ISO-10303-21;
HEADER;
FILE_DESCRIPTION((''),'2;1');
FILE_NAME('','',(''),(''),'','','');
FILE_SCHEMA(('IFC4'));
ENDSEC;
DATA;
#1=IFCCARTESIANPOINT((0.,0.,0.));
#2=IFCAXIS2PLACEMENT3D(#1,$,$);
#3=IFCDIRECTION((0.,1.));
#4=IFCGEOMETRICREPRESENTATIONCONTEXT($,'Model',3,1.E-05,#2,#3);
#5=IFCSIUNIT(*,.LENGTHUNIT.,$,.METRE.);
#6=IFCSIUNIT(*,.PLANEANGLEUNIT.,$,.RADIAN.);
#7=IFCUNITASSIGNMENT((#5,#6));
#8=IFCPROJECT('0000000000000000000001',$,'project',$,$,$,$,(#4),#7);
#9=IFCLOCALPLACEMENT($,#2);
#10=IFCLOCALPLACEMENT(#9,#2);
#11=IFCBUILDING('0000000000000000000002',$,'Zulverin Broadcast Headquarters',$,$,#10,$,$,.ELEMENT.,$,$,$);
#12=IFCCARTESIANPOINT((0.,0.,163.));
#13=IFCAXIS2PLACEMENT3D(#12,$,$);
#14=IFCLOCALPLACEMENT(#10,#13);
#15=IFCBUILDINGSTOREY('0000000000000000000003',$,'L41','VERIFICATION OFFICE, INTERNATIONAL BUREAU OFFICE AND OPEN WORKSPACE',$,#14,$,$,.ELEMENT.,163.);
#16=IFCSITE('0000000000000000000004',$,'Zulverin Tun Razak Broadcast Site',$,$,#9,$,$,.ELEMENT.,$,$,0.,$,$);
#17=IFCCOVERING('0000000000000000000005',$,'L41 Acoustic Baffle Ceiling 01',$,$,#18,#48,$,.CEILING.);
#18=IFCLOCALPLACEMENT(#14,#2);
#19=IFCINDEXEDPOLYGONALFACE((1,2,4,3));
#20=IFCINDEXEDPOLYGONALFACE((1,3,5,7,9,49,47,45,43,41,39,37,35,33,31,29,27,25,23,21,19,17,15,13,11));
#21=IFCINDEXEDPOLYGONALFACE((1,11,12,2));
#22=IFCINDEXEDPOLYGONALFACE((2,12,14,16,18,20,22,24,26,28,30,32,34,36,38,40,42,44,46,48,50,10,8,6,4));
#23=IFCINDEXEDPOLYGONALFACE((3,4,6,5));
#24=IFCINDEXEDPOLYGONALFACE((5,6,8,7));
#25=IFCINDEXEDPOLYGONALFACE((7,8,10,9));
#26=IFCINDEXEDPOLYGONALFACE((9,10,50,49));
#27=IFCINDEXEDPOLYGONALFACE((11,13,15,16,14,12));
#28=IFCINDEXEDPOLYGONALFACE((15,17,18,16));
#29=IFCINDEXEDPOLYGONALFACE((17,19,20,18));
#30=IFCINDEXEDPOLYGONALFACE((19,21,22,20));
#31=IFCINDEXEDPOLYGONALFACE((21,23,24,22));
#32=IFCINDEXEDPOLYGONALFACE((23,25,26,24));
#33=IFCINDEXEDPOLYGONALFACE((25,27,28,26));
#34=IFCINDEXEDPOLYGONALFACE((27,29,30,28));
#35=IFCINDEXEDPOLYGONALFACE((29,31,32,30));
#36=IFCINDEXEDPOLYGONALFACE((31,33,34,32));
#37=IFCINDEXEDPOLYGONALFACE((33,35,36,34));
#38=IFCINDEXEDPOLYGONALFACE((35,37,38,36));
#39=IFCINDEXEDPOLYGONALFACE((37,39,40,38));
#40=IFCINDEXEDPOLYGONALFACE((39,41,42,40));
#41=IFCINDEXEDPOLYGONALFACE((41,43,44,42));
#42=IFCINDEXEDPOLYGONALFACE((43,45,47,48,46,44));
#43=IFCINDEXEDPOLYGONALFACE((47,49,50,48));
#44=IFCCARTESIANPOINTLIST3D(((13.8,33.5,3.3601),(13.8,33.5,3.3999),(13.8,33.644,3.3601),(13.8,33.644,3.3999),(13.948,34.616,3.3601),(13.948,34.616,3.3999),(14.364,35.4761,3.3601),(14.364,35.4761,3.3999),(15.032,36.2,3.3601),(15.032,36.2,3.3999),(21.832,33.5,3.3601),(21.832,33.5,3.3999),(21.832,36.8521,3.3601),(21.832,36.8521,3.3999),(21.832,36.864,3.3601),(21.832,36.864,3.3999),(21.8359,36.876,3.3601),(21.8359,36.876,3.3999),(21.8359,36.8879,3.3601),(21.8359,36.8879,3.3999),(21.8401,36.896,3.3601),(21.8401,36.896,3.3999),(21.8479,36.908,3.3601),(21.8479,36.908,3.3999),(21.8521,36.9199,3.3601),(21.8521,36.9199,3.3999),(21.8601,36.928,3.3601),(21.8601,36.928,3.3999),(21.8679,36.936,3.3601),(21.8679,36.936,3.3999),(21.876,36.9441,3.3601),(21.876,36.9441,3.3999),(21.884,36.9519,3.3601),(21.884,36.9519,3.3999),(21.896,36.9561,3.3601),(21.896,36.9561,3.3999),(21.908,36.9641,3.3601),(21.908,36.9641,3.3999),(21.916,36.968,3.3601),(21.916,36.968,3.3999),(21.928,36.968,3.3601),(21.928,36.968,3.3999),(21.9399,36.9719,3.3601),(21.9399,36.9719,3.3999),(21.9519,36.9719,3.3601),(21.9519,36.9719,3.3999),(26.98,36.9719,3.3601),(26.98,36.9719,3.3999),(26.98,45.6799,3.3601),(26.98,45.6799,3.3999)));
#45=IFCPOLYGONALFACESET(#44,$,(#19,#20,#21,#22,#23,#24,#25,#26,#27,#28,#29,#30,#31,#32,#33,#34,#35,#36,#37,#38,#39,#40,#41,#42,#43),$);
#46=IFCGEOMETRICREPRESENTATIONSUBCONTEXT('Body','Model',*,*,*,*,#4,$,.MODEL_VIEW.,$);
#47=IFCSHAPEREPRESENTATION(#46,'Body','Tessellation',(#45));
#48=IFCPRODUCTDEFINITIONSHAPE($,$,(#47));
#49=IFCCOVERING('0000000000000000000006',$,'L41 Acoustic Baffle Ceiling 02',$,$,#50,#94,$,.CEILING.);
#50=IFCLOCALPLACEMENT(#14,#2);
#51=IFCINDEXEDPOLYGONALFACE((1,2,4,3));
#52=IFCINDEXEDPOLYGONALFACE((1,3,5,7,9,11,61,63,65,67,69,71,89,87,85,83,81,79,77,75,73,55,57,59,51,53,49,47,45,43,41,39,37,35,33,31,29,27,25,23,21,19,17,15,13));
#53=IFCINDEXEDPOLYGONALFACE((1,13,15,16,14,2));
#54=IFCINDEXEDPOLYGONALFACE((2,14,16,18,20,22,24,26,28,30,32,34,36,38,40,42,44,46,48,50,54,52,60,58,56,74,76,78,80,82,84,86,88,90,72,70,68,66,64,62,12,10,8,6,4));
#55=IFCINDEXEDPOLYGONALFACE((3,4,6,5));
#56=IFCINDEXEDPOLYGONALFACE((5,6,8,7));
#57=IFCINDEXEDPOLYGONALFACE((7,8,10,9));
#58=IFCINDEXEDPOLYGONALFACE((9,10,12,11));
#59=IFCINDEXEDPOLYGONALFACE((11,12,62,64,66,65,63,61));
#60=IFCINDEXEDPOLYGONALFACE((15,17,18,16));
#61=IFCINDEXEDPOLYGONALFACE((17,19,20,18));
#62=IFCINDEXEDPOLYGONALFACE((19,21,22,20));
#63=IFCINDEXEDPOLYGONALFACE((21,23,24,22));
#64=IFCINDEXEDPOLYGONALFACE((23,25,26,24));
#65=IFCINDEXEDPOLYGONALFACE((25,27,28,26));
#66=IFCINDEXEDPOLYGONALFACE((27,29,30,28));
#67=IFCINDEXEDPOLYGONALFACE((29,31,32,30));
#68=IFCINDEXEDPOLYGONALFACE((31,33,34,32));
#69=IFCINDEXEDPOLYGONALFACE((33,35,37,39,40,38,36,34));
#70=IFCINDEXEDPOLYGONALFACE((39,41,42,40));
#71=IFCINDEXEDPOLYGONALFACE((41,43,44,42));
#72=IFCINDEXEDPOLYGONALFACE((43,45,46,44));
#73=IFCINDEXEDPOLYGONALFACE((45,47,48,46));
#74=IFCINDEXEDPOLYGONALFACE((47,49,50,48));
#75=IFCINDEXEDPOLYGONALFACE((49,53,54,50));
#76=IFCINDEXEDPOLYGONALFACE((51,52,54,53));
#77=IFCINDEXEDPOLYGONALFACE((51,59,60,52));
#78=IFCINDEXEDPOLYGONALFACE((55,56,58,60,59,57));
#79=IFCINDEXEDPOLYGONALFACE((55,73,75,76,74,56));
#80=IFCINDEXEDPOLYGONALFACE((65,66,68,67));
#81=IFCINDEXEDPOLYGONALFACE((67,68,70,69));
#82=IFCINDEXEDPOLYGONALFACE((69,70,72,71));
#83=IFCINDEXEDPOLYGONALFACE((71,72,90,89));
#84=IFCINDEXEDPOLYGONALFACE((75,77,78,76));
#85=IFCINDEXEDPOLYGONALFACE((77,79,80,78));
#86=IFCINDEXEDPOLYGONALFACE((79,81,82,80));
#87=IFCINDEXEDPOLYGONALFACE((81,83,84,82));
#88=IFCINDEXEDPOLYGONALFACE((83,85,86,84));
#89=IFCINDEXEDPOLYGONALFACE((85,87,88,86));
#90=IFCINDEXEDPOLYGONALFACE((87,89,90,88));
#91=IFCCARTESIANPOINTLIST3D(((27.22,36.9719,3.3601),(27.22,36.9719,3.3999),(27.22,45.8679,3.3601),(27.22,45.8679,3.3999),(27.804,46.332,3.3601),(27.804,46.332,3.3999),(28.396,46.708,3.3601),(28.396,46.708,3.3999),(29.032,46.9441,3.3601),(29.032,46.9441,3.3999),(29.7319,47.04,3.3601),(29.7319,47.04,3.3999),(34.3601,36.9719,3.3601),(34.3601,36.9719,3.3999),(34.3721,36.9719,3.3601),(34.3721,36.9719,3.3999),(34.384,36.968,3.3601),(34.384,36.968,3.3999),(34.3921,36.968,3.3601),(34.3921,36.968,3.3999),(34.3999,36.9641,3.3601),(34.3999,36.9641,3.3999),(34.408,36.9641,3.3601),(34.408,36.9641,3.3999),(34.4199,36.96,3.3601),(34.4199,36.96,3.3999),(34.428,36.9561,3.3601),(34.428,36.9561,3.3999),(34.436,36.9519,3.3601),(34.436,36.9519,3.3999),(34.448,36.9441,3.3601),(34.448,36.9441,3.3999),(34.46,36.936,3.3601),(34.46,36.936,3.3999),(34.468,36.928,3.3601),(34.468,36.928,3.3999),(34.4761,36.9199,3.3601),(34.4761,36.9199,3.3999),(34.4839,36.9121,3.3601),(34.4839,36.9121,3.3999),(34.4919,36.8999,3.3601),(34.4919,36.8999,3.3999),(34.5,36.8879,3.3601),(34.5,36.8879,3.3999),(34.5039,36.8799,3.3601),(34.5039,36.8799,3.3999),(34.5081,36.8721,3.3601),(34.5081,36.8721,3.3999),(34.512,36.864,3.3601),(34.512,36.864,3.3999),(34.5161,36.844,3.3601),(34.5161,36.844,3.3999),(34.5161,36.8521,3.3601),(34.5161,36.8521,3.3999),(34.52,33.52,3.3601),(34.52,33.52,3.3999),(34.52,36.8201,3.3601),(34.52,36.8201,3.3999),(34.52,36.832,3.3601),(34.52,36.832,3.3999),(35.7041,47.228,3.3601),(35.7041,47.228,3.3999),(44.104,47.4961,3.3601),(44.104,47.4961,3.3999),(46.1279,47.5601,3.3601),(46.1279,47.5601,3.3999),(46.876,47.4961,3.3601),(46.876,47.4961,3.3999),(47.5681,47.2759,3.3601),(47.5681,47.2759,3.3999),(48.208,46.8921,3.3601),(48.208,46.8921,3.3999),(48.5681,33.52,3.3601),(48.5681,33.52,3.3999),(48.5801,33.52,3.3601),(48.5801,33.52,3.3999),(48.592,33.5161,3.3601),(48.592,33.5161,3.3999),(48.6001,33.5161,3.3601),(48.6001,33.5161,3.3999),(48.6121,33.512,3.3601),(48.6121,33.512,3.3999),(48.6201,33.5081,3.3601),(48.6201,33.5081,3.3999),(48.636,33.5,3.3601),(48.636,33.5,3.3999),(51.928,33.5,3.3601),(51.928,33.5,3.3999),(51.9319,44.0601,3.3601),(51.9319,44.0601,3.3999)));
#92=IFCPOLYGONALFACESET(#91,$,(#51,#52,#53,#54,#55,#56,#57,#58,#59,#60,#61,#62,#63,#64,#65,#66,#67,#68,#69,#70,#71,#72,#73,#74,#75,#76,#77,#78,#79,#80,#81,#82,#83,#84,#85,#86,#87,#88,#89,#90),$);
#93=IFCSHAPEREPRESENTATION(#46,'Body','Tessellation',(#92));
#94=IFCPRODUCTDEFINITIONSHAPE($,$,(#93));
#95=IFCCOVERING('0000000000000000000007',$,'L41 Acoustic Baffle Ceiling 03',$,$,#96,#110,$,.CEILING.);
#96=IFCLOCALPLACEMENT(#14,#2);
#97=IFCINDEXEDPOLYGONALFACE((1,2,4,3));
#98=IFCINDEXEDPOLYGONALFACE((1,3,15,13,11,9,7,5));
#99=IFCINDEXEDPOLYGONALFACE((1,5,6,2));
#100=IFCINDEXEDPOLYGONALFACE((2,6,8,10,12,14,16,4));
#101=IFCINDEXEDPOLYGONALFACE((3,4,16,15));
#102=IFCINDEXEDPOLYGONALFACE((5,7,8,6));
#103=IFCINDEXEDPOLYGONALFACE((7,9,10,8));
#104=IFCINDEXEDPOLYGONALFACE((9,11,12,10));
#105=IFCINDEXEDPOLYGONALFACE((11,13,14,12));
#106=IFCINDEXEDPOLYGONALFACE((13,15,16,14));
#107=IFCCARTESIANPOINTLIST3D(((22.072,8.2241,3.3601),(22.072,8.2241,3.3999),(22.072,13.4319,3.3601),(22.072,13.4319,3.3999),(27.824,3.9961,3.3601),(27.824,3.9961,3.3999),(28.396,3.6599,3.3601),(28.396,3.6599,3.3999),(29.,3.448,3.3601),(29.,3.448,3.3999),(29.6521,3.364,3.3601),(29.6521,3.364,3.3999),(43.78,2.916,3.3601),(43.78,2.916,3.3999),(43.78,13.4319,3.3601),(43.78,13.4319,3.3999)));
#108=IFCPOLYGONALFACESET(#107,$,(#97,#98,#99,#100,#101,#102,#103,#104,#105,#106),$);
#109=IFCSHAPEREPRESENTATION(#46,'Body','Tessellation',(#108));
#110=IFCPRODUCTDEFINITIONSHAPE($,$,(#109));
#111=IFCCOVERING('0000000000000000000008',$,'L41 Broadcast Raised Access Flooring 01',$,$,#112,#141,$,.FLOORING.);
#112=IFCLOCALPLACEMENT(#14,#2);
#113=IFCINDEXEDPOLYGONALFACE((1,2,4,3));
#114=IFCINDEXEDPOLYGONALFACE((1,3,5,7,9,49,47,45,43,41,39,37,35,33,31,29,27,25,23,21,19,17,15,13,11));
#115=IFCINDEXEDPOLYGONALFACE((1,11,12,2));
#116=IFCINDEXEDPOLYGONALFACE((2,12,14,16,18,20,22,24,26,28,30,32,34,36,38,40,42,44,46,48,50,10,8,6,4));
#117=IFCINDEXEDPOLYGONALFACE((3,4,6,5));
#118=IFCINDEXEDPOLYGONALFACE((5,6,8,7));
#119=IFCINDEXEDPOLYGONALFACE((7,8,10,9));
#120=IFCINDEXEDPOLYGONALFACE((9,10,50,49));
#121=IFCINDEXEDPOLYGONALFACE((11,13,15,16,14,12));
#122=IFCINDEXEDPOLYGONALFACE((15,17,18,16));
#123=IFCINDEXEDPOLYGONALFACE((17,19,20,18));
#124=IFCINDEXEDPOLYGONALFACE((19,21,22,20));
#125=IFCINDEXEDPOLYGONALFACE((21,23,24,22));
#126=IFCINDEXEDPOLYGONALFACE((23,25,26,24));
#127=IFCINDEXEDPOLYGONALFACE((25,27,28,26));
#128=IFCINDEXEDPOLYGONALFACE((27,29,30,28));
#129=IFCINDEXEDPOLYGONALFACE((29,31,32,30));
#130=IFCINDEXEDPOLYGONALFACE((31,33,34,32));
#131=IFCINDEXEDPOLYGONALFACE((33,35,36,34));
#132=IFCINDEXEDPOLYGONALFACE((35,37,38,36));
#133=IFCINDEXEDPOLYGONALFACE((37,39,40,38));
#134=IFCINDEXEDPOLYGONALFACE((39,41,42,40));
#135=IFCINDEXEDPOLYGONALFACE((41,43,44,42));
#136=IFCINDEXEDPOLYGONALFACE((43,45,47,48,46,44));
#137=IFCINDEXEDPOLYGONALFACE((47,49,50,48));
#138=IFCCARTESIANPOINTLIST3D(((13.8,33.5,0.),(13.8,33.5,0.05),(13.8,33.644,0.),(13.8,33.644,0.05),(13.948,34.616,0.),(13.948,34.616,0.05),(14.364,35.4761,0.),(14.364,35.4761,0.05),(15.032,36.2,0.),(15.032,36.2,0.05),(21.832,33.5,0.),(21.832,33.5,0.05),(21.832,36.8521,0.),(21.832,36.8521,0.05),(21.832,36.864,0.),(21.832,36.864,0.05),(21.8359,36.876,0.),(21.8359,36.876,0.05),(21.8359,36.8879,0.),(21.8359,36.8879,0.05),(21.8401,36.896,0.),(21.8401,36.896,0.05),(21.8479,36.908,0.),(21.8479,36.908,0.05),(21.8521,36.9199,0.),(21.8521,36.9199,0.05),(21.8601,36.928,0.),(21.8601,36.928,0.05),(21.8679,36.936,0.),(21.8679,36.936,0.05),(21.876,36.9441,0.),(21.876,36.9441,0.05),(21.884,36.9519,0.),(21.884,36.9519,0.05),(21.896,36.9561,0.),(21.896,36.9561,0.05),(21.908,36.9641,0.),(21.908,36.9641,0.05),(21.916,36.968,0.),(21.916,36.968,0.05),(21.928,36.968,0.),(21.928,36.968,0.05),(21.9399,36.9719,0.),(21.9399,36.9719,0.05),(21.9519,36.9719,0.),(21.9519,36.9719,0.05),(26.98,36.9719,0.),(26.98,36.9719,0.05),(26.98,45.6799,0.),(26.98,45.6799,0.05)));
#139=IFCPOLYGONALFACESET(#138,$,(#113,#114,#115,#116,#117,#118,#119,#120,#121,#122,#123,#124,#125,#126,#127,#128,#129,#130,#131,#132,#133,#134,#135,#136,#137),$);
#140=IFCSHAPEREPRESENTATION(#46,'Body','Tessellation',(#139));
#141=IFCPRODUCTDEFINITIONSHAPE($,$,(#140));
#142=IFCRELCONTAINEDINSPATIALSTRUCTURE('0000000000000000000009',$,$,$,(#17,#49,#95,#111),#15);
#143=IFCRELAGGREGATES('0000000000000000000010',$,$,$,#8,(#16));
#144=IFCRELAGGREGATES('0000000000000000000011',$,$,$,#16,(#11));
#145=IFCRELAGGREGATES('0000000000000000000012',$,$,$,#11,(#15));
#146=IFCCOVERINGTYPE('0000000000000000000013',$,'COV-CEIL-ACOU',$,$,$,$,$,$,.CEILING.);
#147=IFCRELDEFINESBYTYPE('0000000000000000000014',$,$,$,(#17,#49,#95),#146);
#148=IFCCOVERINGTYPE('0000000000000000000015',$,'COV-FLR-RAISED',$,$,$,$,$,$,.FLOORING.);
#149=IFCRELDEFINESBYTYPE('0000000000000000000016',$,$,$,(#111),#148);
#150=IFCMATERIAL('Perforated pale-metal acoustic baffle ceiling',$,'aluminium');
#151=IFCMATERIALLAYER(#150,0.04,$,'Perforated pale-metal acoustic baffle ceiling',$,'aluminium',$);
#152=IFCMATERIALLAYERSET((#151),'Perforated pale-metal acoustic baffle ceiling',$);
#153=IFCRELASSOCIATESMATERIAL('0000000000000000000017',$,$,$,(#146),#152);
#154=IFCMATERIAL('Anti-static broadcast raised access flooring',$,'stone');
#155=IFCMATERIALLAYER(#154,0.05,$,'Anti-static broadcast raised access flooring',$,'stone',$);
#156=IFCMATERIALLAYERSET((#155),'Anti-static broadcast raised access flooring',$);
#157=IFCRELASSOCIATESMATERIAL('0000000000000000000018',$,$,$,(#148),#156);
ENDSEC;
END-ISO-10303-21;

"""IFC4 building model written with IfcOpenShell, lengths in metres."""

from ifc_helpers import new_model, si_unit, direction, frame, origin, place, context, subcontext, project, spatial, polyline, outline, extrude, material, layer, layer_set, type_object, element, save


model = new_model("IFC4")

# Units and contexts
model_context = context("Model", 3, precision=1e-05, world=origin(), true_north=direction((0.0, 1.0)))
body_context = subcontext(model_context, "Body", "Model", "MODEL_VIEW")
ifc_project = project(units=[si_unit("LENGTHUNIT", "METRE"), si_unit("PLANEANGLEUNIT", "RADIAN")], contexts=[model_context])

# Site, building, storey
site_placement = place(None, origin())
site = spatial("IfcSite", under=ifc_project, at=site_placement, Name="Zulverin Tun Razak Broadcast Site", CompositionType="ELEMENT", RefElevation=0.0)
building_placement = place(site_placement, origin())
building = spatial("IfcBuilding", under=site, at=building_placement, Name="Zulverin Broadcast Headquarters", CompositionType="ELEMENT")
storey_placement = place(building_placement, frame((0.0, 0.0, 163.0)))
storey = spatial("IfcBuildingStorey", under=building, at=storey_placement, Name="L41", Description="VERIFICATION OFFICE, INTERNATIONAL BUREAU OFFICE AND OPEN WORKSPACE", CompositionType="ELEMENT", Elevation=163.0)

# Coverings
ifc_material_1 = material(Name="Perforated pale-metal acoustic baffle ceiling", Category="aluminium")
ifc_layer_1 = layer(ifc_material_1, 0.04, Name="Perforated pale-metal acoustic baffle ceiling", Category="aluminium")
ifc_layer_set_1 = layer_set([ifc_layer_1], Name="Perforated pale-metal acoustic baffle ceiling")
covering_type_1 = type_object("IfcCoveringType", Name="COV-CEIL-ACOU", PredefinedType="CEILING", material=ifc_layer_set_1)
covering_1_placement = place(storey_placement, frame((0.0, 0.0, 3.3601)))
element("IfcCovering", 1, at=covering_1_placement, inside=storey, type_object=covering_type_1, Name="L41 Acoustic Baffle Ceiling 01", PredefinedType="CEILING", context=body_context, shape_type="SweptSolid", body=[
    extrude(outline(polyline([(21.9519, 36.9719), (26.98, 36.9719), (26.98, 45.6799), (15.032, 36.2), (14.364, 35.4761), (13.948, 34.616), (13.8, 33.644), (13.8, 33.5), (21.832, 33.5), (21.832, 36.8521), (21.832, 36.864), (21.8359, 36.876), (21.8359, 36.8879), (21.8401, 36.896), (21.8479, 36.908), (21.8521, 36.9199), (21.8601, 36.928), (21.8679, 36.936), (21.876, 36.9441), (21.884, 36.9519), (21.896, 36.9561), (21.908, 36.9641), (21.916, 36.968), (21.928, 36.968), (21.9399, 36.9719), (21.9519, 36.9719)])), origin(), (0.0, 0.0, 1.0), 0.0398),
])
covering_2_placement = place(storey_placement, frame((0.0, 0.0, 3.3601)))
element("IfcCovering", 2, at=covering_2_placement, inside=storey, type_object=covering_type_1, Name="L41 Acoustic Baffle Ceiling 02", PredefinedType="CEILING", context=body_context, shape_type="SweptSolid", body=[
    extrude(outline(polyline([(29.032, 46.9441), (28.396, 46.708), (27.804, 46.332), (27.22, 45.8679), (27.22, 36.9719), (34.3601, 36.9719), (34.3721, 36.9719), (34.384, 36.968), (34.3921, 36.968), (34.3999, 36.9641), (34.408, 36.9641), (34.4199, 36.96), (34.428, 36.9561), (34.436, 36.9519), (34.448, 36.9441), (34.46, 36.936), (34.468, 36.928), (34.4761, 36.9199), (34.4839, 36.9121), (34.4919, 36.8999), (34.5, 36.8879), (34.5039, 36.8799), (34.5081, 36.8721), (34.512, 36.864), (34.5161, 36.8521), (34.5161, 36.844), (34.52, 36.832), (34.52, 36.8201), (34.52, 33.52), (48.5681, 33.52), (48.5801, 33.52), (48.592, 33.5161), (48.6001, 33.5161), (48.6121, 33.512), (48.6201, 33.5081), (48.636, 33.5), (51.928, 33.5), (51.9319, 44.0601), (48.208, 46.8921), (47.5681, 47.2759), (46.876, 47.4961), (46.1279, 47.5601), (44.104, 47.4961), (35.7041, 47.228), (29.7319, 47.04), (29.032, 46.9441)])), origin(), (0.0, 0.0, 1.0), 0.0398),
])
covering_3_placement = place(storey_placement, frame((0.0, 0.0, 3.3601)))
element("IfcCovering", 3, at=covering_3_placement, inside=storey, type_object=covering_type_1, Name="L41 Acoustic Baffle Ceiling 03", PredefinedType="CEILING", context=body_context, shape_type="SweptSolid", body=[
    extrude(outline(polyline([(28.396, 3.6599), (29.0, 3.448), (29.6521, 3.364), (43.78, 2.916), (43.78, 13.4319), (22.072, 13.4319), (22.072, 8.2241), (27.824, 3.9961), (28.396, 3.6599)])), origin(), (0.0, 0.0, 1.0), 0.0398),
])
ifc_material_2 = material(Name="Anti-static broadcast raised access flooring", Category="stone")
ifc_layer_2 = layer(ifc_material_2, 0.05, Name="Anti-static broadcast raised access flooring", Category="stone")
ifc_layer_set_2 = layer_set([ifc_layer_2], Name="Anti-static broadcast raised access flooring")
covering_type_2 = type_object("IfcCoveringType", Name="COV-FLR-RAISED", PredefinedType="FLOORING", material=ifc_layer_set_2)
covering_4_placement = place(storey_placement, origin())
element("IfcCovering", 4, at=covering_4_placement, inside=storey, type_object=covering_type_2, Name="L41 Broadcast Raised Access Flooring 01", PredefinedType="FLOORING", context=body_context, shape_type="SweptSolid", body=[
    extrude(outline(polyline([(21.9519, 36.9719), (26.98, 36.9719), (26.98, 45.6799), (15.032, 36.2), (14.364, 35.4761), (13.948, 34.616), (13.8, 33.644), (13.8, 33.5), (21.832, 33.5), (21.832, 36.8521), (21.832, 36.864), (21.8359, 36.876), (21.8359, 36.8879), (21.8401, 36.896), (21.8479, 36.908), (21.8521, 36.9199), (21.8601, 36.928), (21.8679, 36.936), (21.876, 36.9441), (21.884, 36.9519), (21.896, 36.9561), (21.908, 36.9641), (21.916, 36.968), (21.928, 36.968), (21.9399, 36.9719), (21.9519, 36.9719)])), origin(), (0.0, 0.0, 1.0), 0.05),
])

save(model, "model.ifc")
